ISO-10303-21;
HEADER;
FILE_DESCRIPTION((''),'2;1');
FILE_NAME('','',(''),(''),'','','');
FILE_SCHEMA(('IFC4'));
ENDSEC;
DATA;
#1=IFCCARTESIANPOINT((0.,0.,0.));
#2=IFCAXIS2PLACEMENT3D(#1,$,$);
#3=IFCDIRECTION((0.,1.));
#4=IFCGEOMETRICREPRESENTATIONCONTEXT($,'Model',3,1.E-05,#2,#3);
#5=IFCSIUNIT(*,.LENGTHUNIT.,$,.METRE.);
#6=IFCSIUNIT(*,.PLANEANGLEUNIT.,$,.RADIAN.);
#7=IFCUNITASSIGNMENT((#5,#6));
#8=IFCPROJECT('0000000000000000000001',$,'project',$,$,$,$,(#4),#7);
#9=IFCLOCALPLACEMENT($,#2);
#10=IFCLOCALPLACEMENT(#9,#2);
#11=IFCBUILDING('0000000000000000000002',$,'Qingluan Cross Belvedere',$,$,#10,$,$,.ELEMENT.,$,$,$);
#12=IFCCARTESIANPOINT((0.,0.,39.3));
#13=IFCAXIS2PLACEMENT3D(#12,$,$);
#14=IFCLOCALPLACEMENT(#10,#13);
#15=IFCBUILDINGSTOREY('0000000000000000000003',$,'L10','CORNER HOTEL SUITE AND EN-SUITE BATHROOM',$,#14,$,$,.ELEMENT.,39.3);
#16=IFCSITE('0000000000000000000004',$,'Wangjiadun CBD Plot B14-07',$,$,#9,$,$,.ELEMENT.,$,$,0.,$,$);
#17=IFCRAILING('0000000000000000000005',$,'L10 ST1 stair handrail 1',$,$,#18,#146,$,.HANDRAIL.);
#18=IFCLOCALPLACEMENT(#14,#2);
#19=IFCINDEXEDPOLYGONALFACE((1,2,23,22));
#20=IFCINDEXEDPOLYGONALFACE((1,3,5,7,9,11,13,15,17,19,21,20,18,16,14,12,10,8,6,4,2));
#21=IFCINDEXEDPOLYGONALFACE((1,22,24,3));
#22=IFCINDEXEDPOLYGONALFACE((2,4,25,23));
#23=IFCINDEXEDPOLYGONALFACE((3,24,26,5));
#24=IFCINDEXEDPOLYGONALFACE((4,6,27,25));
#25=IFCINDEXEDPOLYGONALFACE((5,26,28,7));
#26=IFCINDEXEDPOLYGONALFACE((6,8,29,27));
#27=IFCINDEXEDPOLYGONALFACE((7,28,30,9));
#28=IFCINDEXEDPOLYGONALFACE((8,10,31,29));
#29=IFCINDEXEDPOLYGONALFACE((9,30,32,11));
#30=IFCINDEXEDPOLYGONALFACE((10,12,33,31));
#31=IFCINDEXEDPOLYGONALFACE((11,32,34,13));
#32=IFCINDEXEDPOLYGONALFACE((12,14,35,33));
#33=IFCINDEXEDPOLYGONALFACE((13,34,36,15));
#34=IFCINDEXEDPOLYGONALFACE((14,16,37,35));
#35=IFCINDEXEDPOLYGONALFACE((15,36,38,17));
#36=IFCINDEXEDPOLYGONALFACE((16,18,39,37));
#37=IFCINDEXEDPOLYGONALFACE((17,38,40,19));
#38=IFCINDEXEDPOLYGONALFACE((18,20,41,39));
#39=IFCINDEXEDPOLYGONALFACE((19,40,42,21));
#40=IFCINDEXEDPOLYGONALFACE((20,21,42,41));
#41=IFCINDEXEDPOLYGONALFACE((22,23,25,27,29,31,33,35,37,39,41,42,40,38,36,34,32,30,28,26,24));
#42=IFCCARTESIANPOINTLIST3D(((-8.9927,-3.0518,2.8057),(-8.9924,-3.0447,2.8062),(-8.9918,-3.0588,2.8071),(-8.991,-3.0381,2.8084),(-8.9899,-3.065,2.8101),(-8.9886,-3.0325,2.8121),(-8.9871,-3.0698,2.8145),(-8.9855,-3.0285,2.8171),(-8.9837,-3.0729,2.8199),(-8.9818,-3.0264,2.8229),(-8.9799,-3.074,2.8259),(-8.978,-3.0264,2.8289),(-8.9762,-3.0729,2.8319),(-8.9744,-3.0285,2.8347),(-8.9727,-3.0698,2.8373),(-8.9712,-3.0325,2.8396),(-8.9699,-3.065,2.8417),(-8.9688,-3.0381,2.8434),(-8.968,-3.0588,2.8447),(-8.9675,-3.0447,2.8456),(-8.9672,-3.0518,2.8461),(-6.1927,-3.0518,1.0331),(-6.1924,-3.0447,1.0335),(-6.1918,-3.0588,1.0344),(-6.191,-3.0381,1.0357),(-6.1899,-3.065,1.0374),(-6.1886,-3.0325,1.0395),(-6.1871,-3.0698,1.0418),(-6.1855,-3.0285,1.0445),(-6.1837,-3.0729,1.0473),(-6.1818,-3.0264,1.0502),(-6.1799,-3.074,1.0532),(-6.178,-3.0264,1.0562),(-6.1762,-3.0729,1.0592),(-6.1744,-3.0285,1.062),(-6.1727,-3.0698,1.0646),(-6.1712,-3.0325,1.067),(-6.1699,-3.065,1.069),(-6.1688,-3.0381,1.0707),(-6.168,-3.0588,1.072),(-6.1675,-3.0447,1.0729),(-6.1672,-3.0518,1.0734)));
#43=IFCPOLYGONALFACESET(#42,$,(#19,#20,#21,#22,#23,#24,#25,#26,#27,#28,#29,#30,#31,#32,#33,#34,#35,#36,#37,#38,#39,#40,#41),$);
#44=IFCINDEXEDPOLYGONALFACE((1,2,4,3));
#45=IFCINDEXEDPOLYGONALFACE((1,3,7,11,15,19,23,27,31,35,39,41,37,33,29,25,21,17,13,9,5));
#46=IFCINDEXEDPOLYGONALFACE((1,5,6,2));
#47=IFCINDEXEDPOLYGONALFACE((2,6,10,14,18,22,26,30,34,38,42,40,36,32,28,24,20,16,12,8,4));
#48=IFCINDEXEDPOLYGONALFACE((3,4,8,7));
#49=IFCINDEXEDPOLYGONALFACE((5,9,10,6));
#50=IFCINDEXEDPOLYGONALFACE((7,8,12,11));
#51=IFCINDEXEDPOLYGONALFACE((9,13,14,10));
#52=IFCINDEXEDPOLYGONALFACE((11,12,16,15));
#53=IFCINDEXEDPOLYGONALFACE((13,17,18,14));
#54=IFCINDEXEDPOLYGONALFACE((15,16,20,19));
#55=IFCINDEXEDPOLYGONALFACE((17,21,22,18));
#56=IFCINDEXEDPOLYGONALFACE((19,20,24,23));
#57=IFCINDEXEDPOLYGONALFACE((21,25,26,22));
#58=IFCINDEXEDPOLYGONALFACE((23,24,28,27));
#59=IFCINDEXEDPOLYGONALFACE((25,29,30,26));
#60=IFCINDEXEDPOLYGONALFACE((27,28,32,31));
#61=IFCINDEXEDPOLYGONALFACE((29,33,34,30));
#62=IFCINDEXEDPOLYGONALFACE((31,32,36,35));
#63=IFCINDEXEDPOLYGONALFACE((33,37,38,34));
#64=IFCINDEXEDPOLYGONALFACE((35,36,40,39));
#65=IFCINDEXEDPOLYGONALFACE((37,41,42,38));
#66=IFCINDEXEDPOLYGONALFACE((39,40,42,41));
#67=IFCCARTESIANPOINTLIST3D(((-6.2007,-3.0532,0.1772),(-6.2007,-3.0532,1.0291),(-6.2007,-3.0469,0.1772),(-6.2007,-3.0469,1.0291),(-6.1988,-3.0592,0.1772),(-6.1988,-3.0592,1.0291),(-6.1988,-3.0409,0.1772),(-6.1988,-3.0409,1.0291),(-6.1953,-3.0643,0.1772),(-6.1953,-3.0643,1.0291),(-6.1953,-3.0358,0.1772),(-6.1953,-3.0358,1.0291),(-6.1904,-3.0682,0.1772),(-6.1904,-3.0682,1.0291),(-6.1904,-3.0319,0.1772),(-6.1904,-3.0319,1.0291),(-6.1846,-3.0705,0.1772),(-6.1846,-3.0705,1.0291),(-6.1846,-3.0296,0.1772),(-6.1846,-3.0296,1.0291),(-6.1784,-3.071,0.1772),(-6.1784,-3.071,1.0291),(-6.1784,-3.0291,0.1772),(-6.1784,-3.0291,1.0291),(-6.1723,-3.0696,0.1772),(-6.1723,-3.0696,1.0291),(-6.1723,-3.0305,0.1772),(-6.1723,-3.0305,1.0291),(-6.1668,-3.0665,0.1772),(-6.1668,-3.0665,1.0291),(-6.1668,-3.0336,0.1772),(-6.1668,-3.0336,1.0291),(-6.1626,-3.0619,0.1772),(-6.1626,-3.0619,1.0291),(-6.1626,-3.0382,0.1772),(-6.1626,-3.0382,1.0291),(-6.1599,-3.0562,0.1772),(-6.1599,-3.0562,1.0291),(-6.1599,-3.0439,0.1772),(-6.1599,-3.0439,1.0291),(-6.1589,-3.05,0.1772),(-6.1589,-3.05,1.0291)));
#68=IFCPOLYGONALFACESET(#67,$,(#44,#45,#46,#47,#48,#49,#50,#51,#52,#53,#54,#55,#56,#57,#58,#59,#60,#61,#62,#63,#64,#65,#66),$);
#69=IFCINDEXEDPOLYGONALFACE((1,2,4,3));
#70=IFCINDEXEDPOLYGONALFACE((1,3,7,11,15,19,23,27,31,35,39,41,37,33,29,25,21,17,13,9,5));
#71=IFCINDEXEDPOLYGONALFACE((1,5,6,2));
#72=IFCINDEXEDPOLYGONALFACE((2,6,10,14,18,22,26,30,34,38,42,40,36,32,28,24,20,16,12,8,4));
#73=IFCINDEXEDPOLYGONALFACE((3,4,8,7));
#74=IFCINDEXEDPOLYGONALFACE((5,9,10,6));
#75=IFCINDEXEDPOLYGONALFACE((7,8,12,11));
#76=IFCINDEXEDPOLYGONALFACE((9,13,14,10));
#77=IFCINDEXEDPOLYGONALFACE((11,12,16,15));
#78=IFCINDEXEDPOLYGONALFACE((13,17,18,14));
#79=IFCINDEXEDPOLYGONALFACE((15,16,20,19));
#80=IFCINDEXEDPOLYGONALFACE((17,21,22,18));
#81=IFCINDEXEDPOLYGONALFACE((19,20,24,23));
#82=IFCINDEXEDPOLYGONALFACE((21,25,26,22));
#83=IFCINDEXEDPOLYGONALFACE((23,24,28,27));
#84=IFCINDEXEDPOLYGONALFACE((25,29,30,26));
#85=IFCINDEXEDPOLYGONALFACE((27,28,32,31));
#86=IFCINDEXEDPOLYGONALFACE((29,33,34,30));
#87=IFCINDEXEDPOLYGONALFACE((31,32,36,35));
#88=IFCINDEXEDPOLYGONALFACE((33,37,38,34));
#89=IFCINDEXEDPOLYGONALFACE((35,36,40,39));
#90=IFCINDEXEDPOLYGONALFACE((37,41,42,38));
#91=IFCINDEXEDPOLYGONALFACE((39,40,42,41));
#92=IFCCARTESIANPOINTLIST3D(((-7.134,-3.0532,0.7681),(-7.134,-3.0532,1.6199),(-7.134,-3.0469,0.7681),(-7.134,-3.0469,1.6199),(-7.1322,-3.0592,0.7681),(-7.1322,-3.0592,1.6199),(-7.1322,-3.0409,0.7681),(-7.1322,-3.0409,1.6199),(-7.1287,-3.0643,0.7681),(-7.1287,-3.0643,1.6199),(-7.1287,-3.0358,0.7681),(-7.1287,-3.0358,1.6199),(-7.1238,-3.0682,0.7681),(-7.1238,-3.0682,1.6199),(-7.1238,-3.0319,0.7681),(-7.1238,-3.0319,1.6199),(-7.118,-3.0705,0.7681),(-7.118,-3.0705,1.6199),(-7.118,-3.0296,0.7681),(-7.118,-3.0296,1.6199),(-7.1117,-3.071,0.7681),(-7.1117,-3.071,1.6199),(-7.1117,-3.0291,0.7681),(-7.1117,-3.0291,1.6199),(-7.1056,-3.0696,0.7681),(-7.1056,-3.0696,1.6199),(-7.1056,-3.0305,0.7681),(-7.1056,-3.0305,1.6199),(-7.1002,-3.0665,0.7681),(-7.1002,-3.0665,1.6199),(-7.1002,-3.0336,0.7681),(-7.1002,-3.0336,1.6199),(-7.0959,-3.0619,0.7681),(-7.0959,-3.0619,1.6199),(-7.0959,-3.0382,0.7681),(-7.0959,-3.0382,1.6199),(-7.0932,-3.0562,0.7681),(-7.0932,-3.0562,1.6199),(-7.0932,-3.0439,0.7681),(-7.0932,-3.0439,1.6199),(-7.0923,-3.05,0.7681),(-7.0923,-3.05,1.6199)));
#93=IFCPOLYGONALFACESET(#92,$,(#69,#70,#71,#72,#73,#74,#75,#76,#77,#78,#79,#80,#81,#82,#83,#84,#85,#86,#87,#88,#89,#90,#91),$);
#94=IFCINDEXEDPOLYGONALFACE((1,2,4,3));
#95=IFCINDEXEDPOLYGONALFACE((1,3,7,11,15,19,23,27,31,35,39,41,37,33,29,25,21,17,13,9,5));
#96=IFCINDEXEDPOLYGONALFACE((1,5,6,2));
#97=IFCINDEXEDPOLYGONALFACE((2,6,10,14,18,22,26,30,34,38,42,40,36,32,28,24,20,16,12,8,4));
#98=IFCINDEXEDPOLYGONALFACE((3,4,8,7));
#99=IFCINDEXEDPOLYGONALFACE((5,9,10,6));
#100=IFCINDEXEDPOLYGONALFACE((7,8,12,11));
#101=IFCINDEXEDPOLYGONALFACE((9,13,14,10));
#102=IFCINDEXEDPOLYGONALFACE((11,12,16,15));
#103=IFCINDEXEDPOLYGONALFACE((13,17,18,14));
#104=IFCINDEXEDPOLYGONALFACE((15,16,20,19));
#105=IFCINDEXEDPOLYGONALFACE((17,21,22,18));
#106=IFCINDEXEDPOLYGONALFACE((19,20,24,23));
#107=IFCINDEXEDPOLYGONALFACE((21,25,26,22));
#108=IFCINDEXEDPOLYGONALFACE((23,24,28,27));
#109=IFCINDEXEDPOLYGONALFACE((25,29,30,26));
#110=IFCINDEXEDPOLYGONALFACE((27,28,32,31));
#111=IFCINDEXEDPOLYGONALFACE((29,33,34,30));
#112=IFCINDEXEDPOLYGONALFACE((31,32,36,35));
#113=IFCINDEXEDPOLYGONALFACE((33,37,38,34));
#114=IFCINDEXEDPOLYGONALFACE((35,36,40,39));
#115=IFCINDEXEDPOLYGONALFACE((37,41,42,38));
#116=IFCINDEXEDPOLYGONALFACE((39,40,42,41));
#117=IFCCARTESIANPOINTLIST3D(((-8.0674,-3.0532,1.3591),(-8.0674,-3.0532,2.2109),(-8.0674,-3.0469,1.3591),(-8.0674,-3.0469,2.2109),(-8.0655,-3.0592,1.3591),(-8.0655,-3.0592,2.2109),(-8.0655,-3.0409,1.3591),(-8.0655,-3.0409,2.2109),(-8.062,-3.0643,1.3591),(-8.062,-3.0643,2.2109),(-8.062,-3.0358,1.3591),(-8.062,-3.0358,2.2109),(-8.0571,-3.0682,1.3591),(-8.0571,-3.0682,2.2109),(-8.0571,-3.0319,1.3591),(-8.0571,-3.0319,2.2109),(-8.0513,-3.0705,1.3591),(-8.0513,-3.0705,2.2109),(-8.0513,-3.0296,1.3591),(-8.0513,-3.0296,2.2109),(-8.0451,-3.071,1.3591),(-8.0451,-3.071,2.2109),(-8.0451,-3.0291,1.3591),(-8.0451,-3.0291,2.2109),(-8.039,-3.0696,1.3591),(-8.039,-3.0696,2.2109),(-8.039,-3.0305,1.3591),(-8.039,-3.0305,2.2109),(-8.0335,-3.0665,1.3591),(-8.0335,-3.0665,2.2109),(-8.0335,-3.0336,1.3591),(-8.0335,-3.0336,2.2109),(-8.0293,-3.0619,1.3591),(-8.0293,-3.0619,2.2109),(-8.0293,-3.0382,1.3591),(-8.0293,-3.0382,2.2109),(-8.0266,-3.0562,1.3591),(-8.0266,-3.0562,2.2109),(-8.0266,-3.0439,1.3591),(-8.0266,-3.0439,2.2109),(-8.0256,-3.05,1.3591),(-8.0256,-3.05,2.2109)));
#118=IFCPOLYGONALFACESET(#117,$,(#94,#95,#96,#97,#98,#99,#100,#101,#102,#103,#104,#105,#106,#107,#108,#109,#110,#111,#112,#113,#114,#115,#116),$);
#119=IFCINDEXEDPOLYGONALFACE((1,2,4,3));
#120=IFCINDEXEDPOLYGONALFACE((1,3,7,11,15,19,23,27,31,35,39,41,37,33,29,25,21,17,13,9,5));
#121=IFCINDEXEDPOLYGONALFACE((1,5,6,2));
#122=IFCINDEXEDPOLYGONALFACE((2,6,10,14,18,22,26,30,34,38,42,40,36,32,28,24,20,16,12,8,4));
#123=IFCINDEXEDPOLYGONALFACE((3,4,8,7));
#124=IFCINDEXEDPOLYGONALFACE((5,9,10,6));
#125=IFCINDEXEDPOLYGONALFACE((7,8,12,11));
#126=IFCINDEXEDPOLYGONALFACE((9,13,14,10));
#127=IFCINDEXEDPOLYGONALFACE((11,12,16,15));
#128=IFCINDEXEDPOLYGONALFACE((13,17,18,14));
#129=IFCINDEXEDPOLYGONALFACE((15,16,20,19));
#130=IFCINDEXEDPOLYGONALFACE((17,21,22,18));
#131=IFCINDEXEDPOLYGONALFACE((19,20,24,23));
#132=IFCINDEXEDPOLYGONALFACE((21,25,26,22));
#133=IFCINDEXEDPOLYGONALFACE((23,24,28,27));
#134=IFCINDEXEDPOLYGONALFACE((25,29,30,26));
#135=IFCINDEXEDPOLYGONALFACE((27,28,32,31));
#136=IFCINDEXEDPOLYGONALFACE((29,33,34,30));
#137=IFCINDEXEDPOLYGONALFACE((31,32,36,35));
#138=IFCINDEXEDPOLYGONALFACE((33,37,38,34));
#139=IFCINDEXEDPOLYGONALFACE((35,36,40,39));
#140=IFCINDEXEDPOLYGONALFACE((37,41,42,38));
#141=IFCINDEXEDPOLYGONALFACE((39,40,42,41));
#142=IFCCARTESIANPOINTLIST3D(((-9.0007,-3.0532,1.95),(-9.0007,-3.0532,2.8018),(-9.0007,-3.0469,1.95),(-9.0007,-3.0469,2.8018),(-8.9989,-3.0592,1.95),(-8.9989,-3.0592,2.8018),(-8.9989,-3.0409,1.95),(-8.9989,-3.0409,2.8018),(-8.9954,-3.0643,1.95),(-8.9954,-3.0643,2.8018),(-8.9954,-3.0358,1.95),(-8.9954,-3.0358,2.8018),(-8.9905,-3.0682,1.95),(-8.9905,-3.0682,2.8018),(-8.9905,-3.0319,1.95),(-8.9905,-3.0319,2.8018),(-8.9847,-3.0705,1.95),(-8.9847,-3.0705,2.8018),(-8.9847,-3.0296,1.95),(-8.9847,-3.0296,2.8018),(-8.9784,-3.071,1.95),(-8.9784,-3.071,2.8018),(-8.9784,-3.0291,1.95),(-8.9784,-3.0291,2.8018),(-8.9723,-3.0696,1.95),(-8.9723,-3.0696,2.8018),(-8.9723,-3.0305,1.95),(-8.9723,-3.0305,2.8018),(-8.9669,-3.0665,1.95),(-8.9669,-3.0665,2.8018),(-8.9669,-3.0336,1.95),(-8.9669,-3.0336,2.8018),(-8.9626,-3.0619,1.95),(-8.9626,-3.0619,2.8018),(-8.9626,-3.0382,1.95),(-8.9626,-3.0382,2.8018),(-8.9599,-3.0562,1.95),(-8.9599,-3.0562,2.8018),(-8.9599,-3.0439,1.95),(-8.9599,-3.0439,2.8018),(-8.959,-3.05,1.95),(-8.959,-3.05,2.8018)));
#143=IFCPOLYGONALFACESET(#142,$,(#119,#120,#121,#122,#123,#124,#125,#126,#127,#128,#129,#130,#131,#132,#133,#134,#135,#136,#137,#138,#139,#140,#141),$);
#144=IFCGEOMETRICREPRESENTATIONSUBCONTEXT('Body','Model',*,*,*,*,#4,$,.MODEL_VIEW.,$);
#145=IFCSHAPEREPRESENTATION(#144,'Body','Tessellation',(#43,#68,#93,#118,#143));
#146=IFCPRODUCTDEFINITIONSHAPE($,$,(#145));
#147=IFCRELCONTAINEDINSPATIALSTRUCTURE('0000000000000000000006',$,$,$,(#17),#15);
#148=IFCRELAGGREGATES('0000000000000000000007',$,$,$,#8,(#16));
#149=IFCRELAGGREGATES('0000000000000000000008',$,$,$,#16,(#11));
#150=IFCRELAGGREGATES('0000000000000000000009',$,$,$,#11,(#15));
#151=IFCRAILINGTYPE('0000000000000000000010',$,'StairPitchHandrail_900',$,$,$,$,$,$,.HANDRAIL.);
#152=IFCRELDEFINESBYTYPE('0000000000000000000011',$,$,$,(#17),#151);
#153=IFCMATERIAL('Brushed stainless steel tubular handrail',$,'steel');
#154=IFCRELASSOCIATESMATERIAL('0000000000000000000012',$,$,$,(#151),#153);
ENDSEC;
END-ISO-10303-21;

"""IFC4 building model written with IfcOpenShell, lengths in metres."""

from ifc_helpers import new_model, si_unit, direction, frame, origin, origin_2d, place, context, subcontext, project, spatial, circle, extrude, material, type_object, element, save


model = new_model("IFC4")

# Units and contexts
model_context = context("Model", 3, precision=1e-05, world=origin(), true_north=direction((0.0, 1.0)))
body_context = subcontext(model_context, "Body", "Model", "MODEL_VIEW")
ifc_project = project(units=[si_unit("LENGTHUNIT", "METRE"), si_unit("PLANEANGLEUNIT", "RADIAN")], contexts=[model_context])

# Site, building, storey
site_placement = place(None, origin())
site = spatial("IfcSite", under=ifc_project, at=site_placement, Name="Wangjiadun CBD Plot B14-07", CompositionType="ELEMENT", RefElevation=0.0)
building_placement = place(site_placement, origin())
building = spatial("IfcBuilding", under=site, at=building_placement, Name="Qingluan Cross Belvedere", CompositionType="ELEMENT")
storey_placement = place(building_placement, frame((0.0, 0.0, 39.3)))
storey = spatial("IfcBuildingStorey", under=building, at=storey_placement, Name="L10", Description="CORNER HOTEL SUITE AND EN-SUITE BATHROOM", CompositionType="ELEMENT", Elevation=39.3)

# Railing
ifc_material_1 = material(Name="Brushed stainless steel tubular handrail", Category="steel")
railing_type_1 = type_object("IfcRailingType", Name="StairPitchHandrail_900", PredefinedType="HANDRAIL", material=ifc_material_1)
railing_1_placement = place(storey_placement, frame((-6.1799, -3.05, 0.1772)))
element("IfcRailing", 1, at=railing_1_placement, inside=storey, type_object=railing_type_1, Name="L10 ST1 stair handrail 1", PredefinedType="HANDRAIL", context=body_context, shape_type="SweptSolid", body=[
    extrude(circle(Radius=0.0239, at=origin_2d()), frame((0.0, 0.0, 0.876), z_axis=(-0.844909, 0.0, 0.53491), x_axis=(0.0, -1.0, 0.0)), (0.0, 0.0, 1.0), 3.314),
    extrude(circle(Radius=0.021, at=origin_2d()), origin(), (0.0, 0.0, 1.0), 0.8518),
    extrude(circle(Radius=0.021, at=origin_2d()), frame((-0.9333, 0.0, 0.5908)), (0.0, 0.0, 1.0), 0.8518),
    extrude(circle(Radius=0.021, at=origin_2d()), frame((-1.8667, 0.0, 1.1819)), (0.0, 0.0, 1.0), 0.8518),
    extrude(circle(Radius=0.021, at=origin_2d()), frame((-2.8, 0.0, 1.7727)), (0.0, 0.0, 1.0), 0.8518),
])

save(model, "model.ifc")
